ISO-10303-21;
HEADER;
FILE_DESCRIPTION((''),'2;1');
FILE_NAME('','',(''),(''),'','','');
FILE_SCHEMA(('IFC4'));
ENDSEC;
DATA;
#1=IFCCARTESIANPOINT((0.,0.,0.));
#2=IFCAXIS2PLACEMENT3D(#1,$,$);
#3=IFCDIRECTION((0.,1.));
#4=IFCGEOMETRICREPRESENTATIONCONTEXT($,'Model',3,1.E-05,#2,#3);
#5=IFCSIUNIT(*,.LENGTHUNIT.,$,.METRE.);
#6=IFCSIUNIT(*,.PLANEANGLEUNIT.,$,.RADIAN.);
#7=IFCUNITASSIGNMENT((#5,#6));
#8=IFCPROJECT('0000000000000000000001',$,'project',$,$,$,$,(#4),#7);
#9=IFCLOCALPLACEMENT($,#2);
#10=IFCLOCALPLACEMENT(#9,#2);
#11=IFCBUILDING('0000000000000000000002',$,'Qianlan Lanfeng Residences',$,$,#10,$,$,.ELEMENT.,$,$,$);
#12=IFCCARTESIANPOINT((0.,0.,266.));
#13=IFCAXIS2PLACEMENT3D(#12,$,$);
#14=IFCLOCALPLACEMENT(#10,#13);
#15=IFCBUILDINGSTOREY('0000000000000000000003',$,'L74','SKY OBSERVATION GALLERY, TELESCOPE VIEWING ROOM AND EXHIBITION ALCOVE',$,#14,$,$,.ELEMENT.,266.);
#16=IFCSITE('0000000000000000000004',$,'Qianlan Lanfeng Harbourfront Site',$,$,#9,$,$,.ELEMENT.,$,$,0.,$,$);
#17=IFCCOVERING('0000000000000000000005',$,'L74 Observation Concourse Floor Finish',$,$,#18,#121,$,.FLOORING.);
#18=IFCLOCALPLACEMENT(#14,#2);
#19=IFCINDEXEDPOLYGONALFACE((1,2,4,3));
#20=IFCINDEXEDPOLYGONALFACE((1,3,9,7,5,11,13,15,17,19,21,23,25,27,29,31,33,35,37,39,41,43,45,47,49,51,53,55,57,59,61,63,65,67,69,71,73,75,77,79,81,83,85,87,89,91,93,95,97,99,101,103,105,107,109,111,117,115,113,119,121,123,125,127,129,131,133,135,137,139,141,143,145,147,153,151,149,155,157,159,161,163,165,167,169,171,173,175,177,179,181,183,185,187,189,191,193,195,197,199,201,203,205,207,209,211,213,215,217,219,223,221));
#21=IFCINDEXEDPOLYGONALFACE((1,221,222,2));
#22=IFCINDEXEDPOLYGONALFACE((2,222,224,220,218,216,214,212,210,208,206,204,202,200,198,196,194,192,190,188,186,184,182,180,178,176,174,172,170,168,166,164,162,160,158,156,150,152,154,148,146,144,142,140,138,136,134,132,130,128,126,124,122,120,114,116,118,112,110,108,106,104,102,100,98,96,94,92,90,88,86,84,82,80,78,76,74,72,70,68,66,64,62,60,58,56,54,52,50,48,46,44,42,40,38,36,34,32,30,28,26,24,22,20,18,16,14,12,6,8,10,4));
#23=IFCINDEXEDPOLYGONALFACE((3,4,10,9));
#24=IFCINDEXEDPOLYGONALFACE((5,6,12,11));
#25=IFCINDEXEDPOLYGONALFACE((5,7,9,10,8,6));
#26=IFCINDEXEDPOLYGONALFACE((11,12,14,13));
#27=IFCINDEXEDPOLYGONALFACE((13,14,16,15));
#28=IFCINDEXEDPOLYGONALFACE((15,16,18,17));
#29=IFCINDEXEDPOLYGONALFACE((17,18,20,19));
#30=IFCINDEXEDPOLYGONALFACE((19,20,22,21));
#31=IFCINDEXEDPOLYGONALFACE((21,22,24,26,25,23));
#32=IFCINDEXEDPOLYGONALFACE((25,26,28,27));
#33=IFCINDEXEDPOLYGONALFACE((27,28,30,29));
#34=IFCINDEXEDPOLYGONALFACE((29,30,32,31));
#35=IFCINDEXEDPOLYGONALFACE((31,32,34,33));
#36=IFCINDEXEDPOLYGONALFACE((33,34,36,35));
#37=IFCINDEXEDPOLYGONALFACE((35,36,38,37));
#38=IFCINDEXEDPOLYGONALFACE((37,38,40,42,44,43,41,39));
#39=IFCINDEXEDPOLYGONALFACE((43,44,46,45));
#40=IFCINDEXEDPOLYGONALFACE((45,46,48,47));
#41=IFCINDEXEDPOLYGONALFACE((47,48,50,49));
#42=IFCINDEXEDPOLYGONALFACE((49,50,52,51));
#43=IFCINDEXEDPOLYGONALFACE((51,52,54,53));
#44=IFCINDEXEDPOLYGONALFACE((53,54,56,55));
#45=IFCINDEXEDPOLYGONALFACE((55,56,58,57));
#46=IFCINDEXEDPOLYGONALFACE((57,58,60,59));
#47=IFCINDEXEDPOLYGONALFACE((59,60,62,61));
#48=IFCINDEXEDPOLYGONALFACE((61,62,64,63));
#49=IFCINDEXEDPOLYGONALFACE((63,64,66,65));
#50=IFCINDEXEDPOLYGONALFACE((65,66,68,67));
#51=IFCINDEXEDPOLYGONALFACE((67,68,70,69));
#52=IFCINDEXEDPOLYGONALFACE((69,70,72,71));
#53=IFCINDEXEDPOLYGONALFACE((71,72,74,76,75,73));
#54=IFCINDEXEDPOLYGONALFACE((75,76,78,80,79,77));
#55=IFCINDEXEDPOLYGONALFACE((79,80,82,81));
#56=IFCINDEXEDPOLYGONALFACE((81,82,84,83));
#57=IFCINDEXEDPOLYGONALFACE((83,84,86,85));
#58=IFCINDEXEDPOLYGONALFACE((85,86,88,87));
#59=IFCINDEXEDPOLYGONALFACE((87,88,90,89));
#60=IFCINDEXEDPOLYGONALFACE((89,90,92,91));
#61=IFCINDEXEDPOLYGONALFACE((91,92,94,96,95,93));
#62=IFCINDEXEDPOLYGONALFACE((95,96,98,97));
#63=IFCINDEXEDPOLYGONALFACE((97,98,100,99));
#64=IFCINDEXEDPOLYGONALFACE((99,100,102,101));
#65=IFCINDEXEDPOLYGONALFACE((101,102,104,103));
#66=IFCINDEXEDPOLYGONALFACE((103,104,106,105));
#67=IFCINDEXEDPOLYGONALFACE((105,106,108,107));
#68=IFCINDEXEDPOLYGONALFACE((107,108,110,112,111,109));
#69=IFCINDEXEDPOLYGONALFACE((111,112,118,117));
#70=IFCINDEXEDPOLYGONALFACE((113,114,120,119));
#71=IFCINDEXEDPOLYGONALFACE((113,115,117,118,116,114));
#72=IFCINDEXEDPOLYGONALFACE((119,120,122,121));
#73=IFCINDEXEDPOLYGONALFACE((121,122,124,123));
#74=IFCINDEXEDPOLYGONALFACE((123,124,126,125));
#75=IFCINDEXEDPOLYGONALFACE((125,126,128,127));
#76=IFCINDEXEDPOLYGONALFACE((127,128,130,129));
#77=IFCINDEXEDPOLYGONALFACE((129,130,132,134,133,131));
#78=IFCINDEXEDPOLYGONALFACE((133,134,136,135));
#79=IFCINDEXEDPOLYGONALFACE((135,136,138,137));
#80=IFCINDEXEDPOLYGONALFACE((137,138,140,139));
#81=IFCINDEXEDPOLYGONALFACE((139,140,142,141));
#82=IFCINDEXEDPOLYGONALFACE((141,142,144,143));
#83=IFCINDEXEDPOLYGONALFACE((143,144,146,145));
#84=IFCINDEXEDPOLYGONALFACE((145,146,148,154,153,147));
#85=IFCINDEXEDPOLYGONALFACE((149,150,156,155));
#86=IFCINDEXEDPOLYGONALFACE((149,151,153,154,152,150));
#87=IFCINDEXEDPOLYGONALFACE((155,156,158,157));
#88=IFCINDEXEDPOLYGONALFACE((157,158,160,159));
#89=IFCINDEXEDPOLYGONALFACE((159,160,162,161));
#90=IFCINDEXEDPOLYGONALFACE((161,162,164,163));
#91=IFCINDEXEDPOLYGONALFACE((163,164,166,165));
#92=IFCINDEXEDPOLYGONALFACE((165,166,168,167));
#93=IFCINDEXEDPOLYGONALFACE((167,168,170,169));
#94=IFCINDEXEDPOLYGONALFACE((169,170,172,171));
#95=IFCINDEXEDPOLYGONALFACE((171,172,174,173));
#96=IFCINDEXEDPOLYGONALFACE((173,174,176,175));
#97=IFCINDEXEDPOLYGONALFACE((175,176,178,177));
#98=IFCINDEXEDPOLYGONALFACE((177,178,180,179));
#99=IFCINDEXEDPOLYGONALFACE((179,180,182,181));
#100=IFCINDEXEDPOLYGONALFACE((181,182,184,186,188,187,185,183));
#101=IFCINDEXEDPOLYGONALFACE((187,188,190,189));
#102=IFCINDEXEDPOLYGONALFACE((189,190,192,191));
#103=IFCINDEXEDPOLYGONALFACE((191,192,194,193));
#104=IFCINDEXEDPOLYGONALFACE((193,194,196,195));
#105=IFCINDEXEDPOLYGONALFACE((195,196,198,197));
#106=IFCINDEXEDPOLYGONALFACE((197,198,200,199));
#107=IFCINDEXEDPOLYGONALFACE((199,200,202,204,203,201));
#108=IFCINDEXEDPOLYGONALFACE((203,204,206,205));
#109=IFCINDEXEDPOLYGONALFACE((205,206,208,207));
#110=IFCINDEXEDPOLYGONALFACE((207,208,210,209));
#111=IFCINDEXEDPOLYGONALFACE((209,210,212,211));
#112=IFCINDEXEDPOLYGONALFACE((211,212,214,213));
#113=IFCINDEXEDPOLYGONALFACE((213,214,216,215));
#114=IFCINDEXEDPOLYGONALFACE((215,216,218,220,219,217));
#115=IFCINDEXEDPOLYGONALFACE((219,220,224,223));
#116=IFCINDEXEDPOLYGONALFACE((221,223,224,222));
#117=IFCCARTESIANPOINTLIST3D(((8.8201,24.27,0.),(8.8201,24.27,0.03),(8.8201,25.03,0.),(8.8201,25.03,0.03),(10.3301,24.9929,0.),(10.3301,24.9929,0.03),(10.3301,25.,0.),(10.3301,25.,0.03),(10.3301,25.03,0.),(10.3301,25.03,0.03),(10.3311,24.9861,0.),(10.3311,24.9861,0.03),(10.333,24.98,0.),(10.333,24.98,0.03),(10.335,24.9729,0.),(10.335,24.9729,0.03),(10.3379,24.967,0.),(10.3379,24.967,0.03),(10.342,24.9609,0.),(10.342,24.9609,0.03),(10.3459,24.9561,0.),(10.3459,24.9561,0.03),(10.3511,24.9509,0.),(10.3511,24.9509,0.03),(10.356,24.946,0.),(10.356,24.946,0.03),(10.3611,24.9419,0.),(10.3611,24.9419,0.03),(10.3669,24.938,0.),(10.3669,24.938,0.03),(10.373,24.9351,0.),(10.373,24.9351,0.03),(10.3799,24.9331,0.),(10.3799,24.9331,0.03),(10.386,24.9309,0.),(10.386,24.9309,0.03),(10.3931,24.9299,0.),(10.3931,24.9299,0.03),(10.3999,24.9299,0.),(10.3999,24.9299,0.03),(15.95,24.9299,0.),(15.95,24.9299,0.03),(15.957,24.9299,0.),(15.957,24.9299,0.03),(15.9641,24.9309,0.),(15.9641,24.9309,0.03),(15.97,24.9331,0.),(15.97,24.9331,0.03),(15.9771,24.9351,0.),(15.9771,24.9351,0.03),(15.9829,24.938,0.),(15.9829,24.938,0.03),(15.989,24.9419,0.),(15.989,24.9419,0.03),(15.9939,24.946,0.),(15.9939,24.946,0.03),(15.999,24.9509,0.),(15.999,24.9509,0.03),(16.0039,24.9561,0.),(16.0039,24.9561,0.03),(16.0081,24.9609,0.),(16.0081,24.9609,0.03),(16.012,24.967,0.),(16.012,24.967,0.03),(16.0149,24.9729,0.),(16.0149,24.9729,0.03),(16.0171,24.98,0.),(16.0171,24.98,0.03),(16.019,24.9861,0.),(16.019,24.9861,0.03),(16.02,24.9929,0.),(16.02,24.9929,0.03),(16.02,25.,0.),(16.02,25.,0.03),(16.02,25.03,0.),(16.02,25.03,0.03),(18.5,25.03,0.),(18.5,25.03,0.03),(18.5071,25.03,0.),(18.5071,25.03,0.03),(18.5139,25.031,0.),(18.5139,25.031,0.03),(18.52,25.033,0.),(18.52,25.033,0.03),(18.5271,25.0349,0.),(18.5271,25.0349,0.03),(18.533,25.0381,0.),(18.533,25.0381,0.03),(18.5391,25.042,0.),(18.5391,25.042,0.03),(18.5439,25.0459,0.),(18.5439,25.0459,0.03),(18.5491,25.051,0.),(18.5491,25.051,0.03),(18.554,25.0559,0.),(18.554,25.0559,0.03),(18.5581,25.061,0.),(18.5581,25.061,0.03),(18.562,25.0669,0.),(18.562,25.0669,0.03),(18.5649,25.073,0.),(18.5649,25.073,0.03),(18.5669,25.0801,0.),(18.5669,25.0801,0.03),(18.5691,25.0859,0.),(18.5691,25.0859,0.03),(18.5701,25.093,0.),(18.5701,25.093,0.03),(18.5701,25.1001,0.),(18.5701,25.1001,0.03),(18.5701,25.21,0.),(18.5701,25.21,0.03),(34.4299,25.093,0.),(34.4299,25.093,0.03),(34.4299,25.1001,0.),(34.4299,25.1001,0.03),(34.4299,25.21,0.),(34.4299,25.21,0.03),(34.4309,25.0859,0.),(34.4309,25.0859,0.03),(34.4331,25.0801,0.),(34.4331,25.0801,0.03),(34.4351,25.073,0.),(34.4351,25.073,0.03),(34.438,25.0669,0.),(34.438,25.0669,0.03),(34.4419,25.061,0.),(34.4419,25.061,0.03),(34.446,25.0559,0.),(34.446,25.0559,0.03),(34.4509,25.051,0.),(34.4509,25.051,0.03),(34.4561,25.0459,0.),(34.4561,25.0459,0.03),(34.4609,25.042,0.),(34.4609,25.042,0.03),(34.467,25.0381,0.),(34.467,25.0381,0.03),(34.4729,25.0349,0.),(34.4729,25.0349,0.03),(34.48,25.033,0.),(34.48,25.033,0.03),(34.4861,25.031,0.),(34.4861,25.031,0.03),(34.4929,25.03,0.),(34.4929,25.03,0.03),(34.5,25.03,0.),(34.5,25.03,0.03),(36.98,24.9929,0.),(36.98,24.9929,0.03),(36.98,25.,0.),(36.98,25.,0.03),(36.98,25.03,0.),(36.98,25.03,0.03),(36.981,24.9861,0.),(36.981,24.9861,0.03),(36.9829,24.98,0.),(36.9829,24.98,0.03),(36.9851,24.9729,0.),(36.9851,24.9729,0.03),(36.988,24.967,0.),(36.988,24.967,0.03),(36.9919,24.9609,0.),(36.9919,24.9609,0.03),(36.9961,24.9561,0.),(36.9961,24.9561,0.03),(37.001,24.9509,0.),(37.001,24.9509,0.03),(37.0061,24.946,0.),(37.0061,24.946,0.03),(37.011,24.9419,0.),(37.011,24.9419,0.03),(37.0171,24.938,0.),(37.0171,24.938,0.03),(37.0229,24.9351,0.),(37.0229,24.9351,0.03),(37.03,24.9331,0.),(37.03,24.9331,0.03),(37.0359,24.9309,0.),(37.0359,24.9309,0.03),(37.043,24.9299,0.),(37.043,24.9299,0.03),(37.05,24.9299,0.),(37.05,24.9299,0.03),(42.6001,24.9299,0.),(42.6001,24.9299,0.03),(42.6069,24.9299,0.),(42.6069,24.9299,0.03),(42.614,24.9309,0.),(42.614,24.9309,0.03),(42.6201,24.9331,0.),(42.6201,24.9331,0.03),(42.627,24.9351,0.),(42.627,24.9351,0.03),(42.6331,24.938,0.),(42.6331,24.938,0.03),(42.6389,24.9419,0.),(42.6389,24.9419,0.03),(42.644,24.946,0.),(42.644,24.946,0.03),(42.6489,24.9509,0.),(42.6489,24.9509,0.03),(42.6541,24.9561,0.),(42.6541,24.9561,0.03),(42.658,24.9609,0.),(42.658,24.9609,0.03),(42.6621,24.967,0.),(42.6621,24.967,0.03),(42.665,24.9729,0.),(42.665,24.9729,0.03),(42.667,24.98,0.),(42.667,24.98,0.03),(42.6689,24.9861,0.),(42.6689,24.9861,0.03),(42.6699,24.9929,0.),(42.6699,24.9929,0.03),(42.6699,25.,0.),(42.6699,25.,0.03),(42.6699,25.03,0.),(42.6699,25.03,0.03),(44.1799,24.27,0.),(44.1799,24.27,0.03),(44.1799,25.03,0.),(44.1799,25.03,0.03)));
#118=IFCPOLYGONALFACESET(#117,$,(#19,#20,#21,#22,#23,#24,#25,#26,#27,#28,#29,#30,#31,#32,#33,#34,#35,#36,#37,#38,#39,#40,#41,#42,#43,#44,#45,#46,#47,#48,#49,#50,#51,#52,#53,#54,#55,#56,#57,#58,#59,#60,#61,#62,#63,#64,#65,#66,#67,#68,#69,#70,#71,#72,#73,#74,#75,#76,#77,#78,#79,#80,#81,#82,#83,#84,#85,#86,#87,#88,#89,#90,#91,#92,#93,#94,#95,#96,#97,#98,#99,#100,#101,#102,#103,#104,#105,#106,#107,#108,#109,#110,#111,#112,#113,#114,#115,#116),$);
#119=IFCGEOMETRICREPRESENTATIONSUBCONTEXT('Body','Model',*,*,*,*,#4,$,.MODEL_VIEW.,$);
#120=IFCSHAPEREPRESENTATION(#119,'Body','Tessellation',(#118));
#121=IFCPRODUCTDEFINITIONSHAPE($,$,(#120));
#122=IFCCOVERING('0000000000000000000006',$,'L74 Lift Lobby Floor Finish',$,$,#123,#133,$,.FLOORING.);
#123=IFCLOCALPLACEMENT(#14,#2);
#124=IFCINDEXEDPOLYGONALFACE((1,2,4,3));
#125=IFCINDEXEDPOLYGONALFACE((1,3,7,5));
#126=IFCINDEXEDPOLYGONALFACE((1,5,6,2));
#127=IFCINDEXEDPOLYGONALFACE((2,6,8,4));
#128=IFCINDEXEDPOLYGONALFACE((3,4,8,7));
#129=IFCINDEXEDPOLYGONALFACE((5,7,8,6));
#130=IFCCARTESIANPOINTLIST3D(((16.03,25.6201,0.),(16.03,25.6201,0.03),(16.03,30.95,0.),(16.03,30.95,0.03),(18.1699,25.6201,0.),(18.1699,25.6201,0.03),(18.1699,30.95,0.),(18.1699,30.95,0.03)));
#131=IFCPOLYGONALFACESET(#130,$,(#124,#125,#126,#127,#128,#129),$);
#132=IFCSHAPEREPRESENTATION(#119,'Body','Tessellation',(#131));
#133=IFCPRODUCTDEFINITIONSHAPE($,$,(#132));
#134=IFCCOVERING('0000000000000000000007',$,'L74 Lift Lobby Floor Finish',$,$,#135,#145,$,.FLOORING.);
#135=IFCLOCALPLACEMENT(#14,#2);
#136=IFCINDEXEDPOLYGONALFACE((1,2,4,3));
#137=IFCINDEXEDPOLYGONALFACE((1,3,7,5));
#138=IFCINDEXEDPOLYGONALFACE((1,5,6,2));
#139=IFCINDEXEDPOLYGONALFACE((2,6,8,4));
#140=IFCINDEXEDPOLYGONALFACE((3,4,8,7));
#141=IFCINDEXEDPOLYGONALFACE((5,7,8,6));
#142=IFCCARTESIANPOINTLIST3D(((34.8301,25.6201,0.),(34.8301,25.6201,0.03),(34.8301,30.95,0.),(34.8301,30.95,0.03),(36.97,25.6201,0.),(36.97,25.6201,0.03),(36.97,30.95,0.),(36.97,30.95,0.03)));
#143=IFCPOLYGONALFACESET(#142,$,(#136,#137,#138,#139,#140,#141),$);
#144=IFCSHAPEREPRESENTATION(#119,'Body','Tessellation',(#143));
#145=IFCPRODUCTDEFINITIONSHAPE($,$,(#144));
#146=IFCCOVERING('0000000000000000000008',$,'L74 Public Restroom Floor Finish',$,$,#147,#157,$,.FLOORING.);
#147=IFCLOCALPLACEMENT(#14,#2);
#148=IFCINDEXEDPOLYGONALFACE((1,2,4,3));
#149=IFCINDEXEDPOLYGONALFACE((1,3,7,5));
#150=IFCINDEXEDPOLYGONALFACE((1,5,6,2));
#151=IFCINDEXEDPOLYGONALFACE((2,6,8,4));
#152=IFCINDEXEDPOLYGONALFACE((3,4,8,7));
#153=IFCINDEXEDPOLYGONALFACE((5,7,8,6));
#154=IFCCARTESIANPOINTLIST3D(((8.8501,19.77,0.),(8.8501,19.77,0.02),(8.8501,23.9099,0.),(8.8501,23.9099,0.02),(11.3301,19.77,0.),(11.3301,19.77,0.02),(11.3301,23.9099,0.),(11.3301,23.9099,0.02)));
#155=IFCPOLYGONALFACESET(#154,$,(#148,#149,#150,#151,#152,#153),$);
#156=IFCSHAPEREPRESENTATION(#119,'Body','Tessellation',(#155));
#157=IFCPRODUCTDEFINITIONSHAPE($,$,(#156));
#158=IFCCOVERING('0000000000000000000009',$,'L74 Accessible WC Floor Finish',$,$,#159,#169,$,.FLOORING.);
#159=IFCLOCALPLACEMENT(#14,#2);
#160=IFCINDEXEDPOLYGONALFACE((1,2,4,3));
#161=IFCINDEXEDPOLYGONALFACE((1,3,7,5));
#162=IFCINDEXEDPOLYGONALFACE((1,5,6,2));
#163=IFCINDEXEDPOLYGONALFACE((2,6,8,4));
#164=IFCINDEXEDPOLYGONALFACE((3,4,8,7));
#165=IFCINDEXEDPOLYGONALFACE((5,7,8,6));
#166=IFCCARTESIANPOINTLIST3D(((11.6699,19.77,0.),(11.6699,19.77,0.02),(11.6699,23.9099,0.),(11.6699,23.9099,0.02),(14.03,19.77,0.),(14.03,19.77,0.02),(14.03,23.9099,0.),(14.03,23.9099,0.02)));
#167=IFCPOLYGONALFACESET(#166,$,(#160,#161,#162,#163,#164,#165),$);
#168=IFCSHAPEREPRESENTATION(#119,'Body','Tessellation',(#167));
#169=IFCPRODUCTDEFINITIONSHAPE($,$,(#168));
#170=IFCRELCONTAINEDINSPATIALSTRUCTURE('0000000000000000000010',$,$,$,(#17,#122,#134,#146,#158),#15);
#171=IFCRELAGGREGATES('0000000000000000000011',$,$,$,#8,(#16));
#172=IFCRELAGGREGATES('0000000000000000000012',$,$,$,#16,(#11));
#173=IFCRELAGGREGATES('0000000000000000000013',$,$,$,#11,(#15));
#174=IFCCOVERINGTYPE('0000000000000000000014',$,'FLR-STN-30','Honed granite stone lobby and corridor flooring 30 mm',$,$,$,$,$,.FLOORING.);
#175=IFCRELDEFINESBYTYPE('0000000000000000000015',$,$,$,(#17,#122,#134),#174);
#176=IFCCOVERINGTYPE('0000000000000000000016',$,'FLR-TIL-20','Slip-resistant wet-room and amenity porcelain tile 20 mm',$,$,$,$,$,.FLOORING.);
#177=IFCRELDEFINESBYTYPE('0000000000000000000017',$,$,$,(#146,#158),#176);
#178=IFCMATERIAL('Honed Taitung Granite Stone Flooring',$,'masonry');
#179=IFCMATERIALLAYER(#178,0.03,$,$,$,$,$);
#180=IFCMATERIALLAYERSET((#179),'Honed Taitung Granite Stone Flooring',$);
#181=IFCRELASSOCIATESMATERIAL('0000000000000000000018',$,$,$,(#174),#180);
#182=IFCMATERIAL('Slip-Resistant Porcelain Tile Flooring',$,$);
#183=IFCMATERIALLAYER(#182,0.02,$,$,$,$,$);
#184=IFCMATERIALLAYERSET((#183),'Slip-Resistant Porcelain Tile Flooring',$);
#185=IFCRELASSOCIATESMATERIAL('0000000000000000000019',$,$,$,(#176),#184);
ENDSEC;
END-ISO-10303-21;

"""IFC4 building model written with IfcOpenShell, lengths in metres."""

from ifc_helpers import new_model, si_unit, direction, frame, origin, place, context, subcontext, project, spatial, polyline, outline, extrude, material, layer, layer_set, type_object, element, save


model = new_model("IFC4")

# Units and contexts
model_context = context("Model", 3, precision=1e-05, world=origin(), true_north=direction((0.0, 1.0)))
body_context = subcontext(model_context, "Body", "Model", "MODEL_VIEW")
ifc_project = project(units=[si_unit("LENGTHUNIT", "METRE"), si_unit("PLANEANGLEUNIT", "RADIAN")], contexts=[model_context])

# Site, building, storey
site_placement = place(None, origin())
site = spatial("IfcSite", under=ifc_project, at=site_placement, Name="Qianlan Lanfeng Harbourfront Site", CompositionType="ELEMENT", RefElevation=0.0)
building_placement = place(site_placement, origin())
building = spatial("IfcBuilding", under=site, at=building_placement, Name="Qianlan Lanfeng Residences", CompositionType="ELEMENT")
storey_placement = place(building_placement, frame((0.0, 0.0, 266.0)))
storey = spatial("IfcBuildingStorey", under=building, at=storey_placement, Name="L74", Description="SKY OBSERVATION GALLERY, TELESCOPE VIEWING ROOM AND EXHIBITION ALCOVE", CompositionType="ELEMENT", Elevation=266.0)

# Coverings
ifc_material_1 = material(Name="Honed Taitung Granite Stone Flooring", Category="masonry")
ifc_layer_1 = layer(ifc_material_1, 0.03)
ifc_layer_set_1 = layer_set([ifc_layer_1], Name="Honed Taitung Granite Stone Flooring")
covering_type_1 = type_object("IfcCoveringType", Name="FLR-STN-30", Description="Honed granite stone lobby and corridor flooring 30 mm", PredefinedType="FLOORING", material=ifc_layer_set_1)
covering_1_placement = place(storey_placement, origin())
element("IfcCovering", 1, at=covering_1_placement, inside=storey, type_object=covering_type_1, Name="L74 Observation Concourse Floor Finish", PredefinedType="FLOORING", context=body_context, shape_type="SweptSolid", body=[
    extrude(outline(polyline([(8.8201, 24.27), (44.1799, 24.27), (44.1799, 25.03), (42.6699, 25.03), (42.6699, 25.0), (42.6699, 24.9929), (42.6689, 24.9861), (42.667, 24.98), (42.665, 24.9729), (42.6621, 24.967), (42.658, 24.9609), (42.6541, 24.9561), (42.6489, 24.9509), (42.644, 24.946), (42.6389, 24.9419), (42.6331, 24.938), (42.627, 24.9351), (42.6201, 24.9331), (42.614, 24.9309), (42.6069, 24.9299), (42.6001, 24.9299), (37.05, 24.9299), (37.043, 24.9299), (37.0359, 24.9309), (37.03, 24.9331), (37.0229, 24.9351), (37.0171, 24.938), (37.011, 24.9419), (37.0061, 24.946), (37.001, 24.9509), (36.9961, 24.9561), (36.9919, 24.9609), (36.988, 24.967), (36.9851, 24.9729), (36.9829, 24.98), (36.981, 24.9861), (36.98, 24.9929), (36.98, 25.0), (36.98, 25.03), (34.5, 25.03), (34.4929, 25.03), (34.4861, 25.031), (34.48, 25.033), (34.4729, 25.0349), (34.467, 25.0381), (34.4609, 25.042), (34.4561, 25.0459), (34.4509, 25.051), (34.446, 25.0559), (34.4419, 25.061), (34.438, 25.0669), (34.4351, 25.073), (34.4331, 25.0801), (34.4309, 25.0859), (34.4299, 25.093), (34.4299, 25.1001), (34.4299, 25.21), (18.5701, 25.21), (18.5701, 25.1001), (18.5701, 25.093), (18.5691, 25.0859), (18.5669, 25.0801), (18.5649, 25.073), (18.562, 25.0669), (18.5581, 25.061), (18.554, 25.0559), (18.5491, 25.051), (18.5439, 25.0459), (18.5391, 25.042), (18.533, 25.0381), (18.5271, 25.0349), (18.52, 25.033), (18.5139, 25.031), (18.5071, 25.03), (18.5, 25.03), (16.02, 25.03), (16.02, 25.0), (16.02, 24.9929), (16.019, 24.9861), (16.0171, 24.98), (16.0149, 24.9729), (16.012, 24.967), (16.0081, 24.9609), (16.0039, 24.9561), (15.999, 24.9509), (15.9939, 24.946), (15.989, 24.9419), (15.9829, 24.938), (15.9771, 24.9351), (15.97, 24.9331), (15.9641, 24.9309), (15.957, 24.9299), (15.95, 24.9299), (10.3999, 24.9299), (10.3931, 24.9299), (10.386, 24.9309), (10.3799, 24.9331), (10.373, 24.9351), (10.3669, 24.938), (10.3611, 24.9419), (10.356, 24.946), (10.3511, 24.9509), (10.3459, 24.9561), (10.342, 24.9609), (10.3379, 24.967), (10.335, 24.9729), (10.333, 24.98), (10.3311, 24.9861), (10.3301, 24.9929), (10.3301, 25.0), (10.3301, 25.03), (8.8201, 25.03), (8.8201, 24.27)])), origin(), (0.0, 0.0, 1.0), 0.03),
])
covering_2_placement = place(storey_placement, origin())
element("IfcCovering", 2, at=covering_2_placement, inside=storey, type_object=covering_type_1, Name="L74 Lift Lobby Floor Finish", PredefinedType="FLOORING", context=body_context, shape_type="SweptSolid", body=[
    extrude(outline(polyline([(16.03, 25.6201), (18.1699, 25.6201), (18.1699, 30.95), (16.03, 30.95), (16.03, 25.6201)])), origin(), (0.0, 0.0, 1.0), 0.03),
])
covering_3_placement = place(storey_placement, origin())
element("IfcCovering", 3, at=covering_3_placement, inside=storey, type_object=covering_type_1, Name="L74 Lift Lobby Floor Finish", PredefinedType="FLOORING", context=body_context, shape_type="SweptSolid", body=[
    extrude(outline(polyline([(34.8301, 25.6201), (36.97, 25.6201), (36.97, 30.95), (34.8301, 30.95), (34.8301, 25.6201)])), origin(), (0.0, 0.0, 1.0), 0.03),
])
ifc_material_2 = material(Name="Slip-Resistant Porcelain Tile Flooring")
ifc_layer_2 = layer(ifc_material_2, 0.02)
ifc_layer_set_2 = layer_set([ifc_layer_2], Name="Slip-Resistant Porcelain Tile Flooring")
covering_type_2 = type_object("IfcCoveringType", Name="FLR-TIL-20", Description="Slip-resistant wet-room and amenity porcelain tile 20 mm", PredefinedType="FLOORING", material=ifc_layer_set_2)
covering_4_placement = place(storey_placement, origin())
element("IfcCovering", 4, at=covering_4_placement, inside=storey, type_object=covering_type_2, Name="L74 Public Restroom Floor Finish", PredefinedType="FLOORING", context=body_context, shape_type="SweptSolid", body=[
    extrude(outline(polyline([(8.8501, 19.77), (11.3301, 19.77), (11.3301, 23.9099), (8.8501, 23.9099), (8.8501, 19.77)])), origin(), (0.0, 0.0, 1.0), 0.02),
])
covering_5_placement = place(storey_placement, origin())
element("IfcCovering", 5, at=covering_5_placement, inside=storey, type_object=covering_type_2, Name="L74 Accessible WC Floor Finish", PredefinedType="FLOORING", context=body_context, shape_type="SweptSolid", body=[
    extrude(outline(polyline([(11.6699, 19.77), (14.03, 19.77), (14.03, 23.9099), (11.6699, 23.9099), (11.6699, 19.77)])), origin(), (0.0, 0.0, 1.0), 0.02),
])

save(model, "model.ifc")
